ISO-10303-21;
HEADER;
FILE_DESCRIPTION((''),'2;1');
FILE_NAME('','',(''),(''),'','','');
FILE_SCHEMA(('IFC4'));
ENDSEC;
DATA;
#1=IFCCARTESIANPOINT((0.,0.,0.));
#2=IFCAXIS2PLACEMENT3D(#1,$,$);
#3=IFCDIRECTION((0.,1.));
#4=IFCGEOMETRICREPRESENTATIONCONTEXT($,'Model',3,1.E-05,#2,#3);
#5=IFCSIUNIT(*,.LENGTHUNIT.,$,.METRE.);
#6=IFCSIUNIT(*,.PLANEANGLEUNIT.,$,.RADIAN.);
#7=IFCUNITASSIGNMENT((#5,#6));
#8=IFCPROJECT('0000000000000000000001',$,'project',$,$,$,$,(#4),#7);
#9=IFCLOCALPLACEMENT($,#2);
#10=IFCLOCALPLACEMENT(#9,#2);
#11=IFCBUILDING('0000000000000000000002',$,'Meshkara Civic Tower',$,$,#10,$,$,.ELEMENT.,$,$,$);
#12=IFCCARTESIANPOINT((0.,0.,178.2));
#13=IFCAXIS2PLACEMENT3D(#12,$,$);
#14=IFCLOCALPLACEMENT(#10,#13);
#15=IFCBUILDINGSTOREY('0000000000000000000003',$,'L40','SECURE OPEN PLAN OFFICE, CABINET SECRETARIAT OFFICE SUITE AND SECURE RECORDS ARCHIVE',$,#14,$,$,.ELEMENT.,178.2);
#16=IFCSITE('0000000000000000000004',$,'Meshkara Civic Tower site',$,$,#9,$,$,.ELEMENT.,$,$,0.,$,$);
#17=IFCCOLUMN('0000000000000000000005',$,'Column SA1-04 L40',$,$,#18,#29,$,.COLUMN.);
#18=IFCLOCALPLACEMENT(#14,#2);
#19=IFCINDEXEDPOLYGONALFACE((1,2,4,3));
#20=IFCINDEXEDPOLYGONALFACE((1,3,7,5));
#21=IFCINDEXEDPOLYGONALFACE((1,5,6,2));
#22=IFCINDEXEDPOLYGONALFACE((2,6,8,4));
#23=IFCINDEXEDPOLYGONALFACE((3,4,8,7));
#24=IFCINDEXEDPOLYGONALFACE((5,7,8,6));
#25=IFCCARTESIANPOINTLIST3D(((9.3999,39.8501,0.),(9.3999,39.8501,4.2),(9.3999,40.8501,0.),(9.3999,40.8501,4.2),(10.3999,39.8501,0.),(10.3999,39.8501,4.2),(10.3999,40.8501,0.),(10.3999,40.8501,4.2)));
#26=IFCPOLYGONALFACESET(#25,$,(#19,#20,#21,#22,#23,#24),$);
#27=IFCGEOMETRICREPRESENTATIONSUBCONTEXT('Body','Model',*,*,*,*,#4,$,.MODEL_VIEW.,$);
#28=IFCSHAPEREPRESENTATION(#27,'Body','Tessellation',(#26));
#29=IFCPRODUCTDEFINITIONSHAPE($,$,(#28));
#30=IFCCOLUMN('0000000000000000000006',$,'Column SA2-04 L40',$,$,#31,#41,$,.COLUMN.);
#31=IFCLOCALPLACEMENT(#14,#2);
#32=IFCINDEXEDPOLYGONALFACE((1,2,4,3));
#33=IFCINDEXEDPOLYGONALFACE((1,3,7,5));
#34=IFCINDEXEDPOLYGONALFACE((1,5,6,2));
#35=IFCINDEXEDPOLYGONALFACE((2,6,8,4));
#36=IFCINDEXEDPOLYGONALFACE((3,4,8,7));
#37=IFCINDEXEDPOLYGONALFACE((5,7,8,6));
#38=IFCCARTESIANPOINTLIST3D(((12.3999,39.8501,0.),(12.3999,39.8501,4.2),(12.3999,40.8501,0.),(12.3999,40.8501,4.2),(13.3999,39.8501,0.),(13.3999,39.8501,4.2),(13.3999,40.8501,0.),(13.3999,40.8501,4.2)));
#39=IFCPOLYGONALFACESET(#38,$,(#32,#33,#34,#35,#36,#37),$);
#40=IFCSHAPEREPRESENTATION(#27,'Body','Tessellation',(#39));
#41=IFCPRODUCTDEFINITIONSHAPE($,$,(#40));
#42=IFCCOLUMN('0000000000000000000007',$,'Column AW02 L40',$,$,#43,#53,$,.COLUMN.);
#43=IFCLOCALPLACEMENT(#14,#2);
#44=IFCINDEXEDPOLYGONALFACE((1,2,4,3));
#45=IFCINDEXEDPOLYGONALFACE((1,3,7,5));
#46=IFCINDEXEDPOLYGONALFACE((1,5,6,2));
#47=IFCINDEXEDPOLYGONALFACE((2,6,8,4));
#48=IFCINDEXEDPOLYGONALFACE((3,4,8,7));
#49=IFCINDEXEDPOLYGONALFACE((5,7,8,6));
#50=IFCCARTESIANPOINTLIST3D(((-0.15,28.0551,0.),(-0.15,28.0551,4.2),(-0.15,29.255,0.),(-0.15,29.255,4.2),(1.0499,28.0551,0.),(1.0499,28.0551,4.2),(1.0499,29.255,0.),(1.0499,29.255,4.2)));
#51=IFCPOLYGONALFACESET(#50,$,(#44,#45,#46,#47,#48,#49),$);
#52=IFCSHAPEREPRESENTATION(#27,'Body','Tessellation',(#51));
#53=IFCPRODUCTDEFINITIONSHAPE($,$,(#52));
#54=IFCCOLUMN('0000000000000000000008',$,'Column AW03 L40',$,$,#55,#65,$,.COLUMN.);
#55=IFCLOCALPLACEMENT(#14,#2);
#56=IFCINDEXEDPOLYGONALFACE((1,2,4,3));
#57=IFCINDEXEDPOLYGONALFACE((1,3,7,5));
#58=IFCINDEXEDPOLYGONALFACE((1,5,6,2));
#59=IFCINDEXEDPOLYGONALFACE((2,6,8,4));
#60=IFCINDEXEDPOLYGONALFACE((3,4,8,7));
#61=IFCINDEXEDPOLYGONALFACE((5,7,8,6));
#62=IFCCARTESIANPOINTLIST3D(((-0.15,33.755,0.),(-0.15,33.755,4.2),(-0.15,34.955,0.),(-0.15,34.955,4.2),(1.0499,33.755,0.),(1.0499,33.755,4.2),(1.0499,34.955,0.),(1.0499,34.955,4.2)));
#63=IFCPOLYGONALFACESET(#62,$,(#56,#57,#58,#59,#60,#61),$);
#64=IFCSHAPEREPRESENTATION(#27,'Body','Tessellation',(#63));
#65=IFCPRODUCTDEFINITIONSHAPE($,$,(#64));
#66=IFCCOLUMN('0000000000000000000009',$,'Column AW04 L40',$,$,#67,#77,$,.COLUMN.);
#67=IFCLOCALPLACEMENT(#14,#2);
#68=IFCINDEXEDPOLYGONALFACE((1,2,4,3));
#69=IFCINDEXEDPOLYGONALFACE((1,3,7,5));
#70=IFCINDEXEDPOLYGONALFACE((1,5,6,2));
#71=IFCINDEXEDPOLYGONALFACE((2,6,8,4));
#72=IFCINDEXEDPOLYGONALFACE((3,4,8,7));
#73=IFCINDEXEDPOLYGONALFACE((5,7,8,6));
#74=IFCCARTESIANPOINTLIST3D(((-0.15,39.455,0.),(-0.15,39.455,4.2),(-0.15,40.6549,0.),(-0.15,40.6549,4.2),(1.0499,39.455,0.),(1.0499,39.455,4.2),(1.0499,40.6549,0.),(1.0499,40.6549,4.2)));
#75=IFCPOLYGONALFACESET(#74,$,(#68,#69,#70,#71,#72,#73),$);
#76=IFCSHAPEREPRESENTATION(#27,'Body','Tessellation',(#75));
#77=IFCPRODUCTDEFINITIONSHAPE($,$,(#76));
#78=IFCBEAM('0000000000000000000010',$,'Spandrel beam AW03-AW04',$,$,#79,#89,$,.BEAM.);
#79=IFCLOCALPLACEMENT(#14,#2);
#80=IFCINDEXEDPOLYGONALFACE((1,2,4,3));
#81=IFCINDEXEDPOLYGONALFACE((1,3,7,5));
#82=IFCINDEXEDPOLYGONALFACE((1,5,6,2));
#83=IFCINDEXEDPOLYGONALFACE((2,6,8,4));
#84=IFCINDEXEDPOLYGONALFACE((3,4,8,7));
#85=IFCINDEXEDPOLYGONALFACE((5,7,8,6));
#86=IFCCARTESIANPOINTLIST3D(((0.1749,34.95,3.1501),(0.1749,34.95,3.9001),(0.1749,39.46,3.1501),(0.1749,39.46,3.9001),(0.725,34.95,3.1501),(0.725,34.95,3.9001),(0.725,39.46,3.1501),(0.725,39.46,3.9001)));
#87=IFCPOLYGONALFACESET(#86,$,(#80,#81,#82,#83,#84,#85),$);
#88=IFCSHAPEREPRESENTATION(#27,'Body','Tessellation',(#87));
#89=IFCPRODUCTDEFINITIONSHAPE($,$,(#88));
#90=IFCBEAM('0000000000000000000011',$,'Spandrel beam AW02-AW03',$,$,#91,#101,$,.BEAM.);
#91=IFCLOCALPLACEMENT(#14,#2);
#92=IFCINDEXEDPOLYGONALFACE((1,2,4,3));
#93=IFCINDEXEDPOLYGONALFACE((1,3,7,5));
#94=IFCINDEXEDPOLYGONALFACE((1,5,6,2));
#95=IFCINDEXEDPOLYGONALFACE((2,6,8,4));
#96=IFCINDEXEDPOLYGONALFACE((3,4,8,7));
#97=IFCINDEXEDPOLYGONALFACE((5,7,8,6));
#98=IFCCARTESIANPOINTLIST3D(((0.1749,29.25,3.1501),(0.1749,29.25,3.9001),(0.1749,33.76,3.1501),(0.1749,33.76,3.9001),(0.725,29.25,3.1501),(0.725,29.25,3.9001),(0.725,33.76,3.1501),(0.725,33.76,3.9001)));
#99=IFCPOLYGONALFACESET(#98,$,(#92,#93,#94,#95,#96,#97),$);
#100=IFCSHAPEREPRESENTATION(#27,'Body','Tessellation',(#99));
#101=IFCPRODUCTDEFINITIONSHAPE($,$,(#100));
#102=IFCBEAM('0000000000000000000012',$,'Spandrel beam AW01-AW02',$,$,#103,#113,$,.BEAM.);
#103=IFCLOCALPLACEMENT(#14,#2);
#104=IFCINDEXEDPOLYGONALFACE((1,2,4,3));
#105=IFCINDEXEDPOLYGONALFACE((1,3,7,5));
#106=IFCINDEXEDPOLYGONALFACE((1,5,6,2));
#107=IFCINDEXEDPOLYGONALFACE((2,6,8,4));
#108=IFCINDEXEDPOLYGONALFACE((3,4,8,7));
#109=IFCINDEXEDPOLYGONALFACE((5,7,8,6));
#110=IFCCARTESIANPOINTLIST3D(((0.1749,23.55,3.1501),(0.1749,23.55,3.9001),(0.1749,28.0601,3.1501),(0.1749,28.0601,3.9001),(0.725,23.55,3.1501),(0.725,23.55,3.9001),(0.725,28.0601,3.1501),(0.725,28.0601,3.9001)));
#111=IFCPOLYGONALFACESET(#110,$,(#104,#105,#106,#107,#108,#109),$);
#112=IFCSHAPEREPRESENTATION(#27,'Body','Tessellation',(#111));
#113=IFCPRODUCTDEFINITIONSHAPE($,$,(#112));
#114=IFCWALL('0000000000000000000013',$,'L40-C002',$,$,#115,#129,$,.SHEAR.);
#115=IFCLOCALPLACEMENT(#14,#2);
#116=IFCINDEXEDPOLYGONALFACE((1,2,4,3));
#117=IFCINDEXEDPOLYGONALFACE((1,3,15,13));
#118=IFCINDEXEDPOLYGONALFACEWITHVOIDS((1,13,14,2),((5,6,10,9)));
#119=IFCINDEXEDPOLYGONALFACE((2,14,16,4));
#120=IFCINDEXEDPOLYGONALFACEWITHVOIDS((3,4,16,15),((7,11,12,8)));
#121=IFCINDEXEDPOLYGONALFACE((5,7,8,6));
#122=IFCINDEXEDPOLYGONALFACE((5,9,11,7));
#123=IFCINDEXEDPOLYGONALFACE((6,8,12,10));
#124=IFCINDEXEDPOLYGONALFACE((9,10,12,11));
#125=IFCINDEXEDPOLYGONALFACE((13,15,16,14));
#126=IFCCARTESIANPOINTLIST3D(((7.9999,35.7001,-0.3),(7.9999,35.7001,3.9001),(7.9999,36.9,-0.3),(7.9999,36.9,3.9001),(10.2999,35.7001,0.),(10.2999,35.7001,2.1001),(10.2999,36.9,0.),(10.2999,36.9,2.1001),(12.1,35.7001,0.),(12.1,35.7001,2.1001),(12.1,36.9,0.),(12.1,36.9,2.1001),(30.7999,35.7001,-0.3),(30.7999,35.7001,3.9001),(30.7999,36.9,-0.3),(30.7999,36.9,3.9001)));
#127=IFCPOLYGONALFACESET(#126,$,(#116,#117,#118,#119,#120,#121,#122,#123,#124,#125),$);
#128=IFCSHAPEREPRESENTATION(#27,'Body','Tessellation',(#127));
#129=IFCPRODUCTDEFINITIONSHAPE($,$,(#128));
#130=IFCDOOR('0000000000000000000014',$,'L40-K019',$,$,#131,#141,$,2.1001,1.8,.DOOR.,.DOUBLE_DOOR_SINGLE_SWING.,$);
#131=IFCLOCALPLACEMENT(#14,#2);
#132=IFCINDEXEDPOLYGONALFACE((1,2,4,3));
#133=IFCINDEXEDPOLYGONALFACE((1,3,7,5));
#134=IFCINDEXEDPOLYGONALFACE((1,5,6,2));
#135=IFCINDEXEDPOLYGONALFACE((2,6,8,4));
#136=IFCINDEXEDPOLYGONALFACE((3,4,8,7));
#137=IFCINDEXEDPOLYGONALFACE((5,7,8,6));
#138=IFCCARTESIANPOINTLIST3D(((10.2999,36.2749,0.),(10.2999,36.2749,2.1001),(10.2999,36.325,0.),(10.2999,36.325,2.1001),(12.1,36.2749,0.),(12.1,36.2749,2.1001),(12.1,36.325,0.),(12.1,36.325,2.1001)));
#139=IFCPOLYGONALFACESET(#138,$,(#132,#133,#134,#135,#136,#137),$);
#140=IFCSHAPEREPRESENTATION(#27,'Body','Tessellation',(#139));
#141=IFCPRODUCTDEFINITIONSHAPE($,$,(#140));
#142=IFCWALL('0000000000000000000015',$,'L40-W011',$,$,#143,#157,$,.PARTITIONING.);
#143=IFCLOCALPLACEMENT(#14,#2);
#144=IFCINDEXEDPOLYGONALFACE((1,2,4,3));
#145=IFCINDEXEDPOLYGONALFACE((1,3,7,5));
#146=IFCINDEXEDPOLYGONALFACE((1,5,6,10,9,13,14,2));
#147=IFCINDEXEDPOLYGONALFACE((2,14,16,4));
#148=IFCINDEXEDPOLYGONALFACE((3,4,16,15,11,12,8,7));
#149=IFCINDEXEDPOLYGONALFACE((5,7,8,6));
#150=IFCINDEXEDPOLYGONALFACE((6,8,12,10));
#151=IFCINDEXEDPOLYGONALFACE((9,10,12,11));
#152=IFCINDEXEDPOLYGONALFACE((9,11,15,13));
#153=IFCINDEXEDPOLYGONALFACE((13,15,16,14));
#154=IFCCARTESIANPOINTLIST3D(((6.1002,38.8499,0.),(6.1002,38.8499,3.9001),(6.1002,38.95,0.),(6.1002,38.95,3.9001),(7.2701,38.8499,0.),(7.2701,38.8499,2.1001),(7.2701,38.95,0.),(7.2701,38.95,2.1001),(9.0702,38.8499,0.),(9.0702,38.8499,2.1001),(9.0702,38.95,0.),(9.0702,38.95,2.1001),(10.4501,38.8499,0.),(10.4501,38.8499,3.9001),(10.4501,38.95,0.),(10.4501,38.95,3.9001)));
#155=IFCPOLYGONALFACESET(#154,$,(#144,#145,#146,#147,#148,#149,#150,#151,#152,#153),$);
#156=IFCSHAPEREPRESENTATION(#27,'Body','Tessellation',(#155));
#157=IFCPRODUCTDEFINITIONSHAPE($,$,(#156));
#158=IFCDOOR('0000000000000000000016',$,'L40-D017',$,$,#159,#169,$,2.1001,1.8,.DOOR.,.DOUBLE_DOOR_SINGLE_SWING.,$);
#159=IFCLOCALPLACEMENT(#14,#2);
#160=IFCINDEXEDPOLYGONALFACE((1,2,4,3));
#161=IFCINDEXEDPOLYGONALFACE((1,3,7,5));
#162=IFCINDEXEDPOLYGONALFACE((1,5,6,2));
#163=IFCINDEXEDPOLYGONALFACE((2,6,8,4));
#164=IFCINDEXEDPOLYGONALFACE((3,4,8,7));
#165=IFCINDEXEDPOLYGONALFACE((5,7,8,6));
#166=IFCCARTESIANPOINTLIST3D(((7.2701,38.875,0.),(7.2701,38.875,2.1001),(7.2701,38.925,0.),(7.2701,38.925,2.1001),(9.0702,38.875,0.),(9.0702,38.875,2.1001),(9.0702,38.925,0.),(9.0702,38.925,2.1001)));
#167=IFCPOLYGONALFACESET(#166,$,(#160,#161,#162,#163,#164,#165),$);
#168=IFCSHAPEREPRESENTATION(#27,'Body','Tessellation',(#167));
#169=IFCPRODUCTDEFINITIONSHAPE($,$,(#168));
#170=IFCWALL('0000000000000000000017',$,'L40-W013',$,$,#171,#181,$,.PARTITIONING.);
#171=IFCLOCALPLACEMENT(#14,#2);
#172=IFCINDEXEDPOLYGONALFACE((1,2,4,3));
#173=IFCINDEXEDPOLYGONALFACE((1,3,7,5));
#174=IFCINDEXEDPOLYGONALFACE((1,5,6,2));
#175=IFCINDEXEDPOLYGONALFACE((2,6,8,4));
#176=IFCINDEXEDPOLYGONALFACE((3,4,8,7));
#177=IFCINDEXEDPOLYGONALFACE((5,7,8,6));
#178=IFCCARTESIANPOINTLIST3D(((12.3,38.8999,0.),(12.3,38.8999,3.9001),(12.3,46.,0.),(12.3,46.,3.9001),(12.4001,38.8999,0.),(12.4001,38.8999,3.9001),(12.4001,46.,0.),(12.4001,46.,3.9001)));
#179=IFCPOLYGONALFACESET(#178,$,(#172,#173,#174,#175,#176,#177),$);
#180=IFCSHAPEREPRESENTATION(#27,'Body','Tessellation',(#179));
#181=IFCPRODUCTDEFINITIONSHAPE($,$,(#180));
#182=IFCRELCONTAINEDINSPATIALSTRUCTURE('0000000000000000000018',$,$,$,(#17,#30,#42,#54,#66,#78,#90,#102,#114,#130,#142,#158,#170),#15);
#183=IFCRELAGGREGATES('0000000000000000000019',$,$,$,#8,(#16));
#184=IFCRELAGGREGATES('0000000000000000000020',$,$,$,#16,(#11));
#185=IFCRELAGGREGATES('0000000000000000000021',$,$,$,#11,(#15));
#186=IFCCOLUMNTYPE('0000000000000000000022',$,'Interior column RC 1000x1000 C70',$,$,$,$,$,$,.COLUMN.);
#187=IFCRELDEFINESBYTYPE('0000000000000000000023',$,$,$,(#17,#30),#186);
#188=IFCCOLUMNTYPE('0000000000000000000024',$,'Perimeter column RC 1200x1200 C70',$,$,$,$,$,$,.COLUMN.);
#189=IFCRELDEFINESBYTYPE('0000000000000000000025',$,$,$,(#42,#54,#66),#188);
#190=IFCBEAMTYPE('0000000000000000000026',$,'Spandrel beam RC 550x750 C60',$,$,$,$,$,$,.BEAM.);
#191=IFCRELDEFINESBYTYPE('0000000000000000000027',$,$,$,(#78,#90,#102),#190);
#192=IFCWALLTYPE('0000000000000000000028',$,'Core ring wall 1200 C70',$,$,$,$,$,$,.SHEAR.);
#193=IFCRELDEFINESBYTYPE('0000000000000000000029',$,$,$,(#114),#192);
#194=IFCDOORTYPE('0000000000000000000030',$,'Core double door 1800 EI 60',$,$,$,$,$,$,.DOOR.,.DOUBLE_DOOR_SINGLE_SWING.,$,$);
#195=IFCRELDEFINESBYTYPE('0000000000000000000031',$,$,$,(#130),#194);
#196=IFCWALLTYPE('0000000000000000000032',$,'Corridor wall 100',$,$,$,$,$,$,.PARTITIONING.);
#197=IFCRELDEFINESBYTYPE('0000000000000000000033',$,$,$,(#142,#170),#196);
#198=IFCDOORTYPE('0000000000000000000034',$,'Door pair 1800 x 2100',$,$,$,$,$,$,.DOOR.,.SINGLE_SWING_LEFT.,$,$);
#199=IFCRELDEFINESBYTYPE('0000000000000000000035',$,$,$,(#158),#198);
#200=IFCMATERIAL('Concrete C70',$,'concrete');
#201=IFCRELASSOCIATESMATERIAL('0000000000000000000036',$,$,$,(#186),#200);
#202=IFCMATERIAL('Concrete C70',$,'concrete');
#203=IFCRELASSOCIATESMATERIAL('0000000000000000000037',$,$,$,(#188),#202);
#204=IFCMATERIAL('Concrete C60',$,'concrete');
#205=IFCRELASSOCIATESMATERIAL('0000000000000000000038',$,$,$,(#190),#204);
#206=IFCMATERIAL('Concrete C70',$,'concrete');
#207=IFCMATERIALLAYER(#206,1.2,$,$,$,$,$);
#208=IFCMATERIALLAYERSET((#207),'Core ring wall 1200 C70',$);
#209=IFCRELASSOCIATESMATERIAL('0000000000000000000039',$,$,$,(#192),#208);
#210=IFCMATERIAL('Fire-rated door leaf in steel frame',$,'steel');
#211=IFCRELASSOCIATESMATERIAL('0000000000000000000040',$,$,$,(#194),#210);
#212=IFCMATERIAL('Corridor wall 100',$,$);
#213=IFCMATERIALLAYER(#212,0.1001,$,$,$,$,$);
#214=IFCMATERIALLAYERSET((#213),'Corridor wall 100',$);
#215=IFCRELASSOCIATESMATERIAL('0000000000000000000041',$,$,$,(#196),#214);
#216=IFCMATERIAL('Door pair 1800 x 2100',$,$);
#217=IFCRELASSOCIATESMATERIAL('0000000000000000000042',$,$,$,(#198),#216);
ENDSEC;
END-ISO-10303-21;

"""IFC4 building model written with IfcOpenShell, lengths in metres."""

from ifc_helpers import new_model, si_unit, direction, frame, frame_2d, origin, origin_2d, place, context, subcontext, project, spatial, rectangle, extrude, material, layer, layer_set, material_profile, profile_set, type_object, element, fill, save


model = new_model("IFC4")

# Units and contexts
model_context = context("Model", 3, precision=1e-05, world=origin(), true_north=direction((0.0, 1.0)))
body_context = subcontext(model_context, "Body", "Model", "MODEL_VIEW")
ifc_project = project(units=[si_unit("LENGTHUNIT", "METRE"), si_unit("PLANEANGLEUNIT", "RADIAN")], contexts=[model_context])

# Site, building, storey
site_placement = place(None, origin())
site = spatial("IfcSite", under=ifc_project, at=site_placement, Name="Meshkara Civic Tower site", CompositionType="ELEMENT", RefElevation=0.0)
building_placement = place(site_placement, origin())
building = spatial("IfcBuilding", under=site, at=building_placement, Name="Meshkara Civic Tower", CompositionType="ELEMENT")
storey_placement = place(building_placement, frame((0.0, 0.0, 178.2)))
storey = spatial("IfcBuildingStorey", under=building, at=storey_placement, Name="L40", Description="SECURE OPEN PLAN OFFICE, CABINET SECRETARIAT OFFICE SUITE AND SECURE RECORDS ARCHIVE", CompositionType="ELEMENT", Elevation=178.2)

# Columns
ifc_material_1 = material(Name="Concrete C70", Category="concrete")
ifc_material_profile_1 = material_profile(ifc_material_1, rectangle(XDim=1.0, YDim=1.0, at=origin_2d()))
ifc_profile_set_1 = profile_set([ifc_material_profile_1], Name="Concrete C70")
column_type_1 = type_object("IfcColumnType", Name="Interior column RC 1000x1000 C70", PredefinedType="COLUMN", material=ifc_profile_set_1)
for number, where, z_axis, x_axis, name in (
    (1, (9.8999, 40.3501, 0.0), (0.0, 0.0, 1.0), (1.0, 0.0, 0.0), "Column SA1-04 L40"),
    (2, (12.8999, 40.3501, 0.0), (0.0, 0.0, 1.0), (1.0, 0.0, 0.0), "Column SA2-04 L40"),
):
    element("IfcColumn", number, at=place(storey_placement, frame(where, z_axis=z_axis, x_axis=x_axis)), inside=storey, type_object=column_type_1, Name=name, PredefinedType="COLUMN", context=body_context, shape_type="SweptSolid", body=[
        extrude(rectangle(XDim=1.0, YDim=1.0, at=origin_2d()), origin(), (0.0, 0.0, 1.0), 4.2),
    ])
ifc_material_2 = material(Name="Concrete C70", Category="concrete")
ifc_material_profile_2 = material_profile(ifc_material_2, rectangle(XDim=1.2, YDim=1.2, at=origin_2d()))
ifc_profile_set_2 = profile_set([ifc_material_profile_2], Name="Concrete C70")
column_type_2 = type_object("IfcColumnType", Name="Perimeter column RC 1200x1200 C70", PredefinedType="COLUMN", material=ifc_profile_set_2)
for number, where, z_axis, x_axis, name in (
    (3, (0.45, 28.655, 0.0), (0.0, 0.0, 1.0), (1.0, 0.0, 0.0), "Column AW02 L40"),
    (4, (0.45, 34.355, 0.0), (0.0, 0.0, 1.0), (1.0, 0.0, 0.0), "Column AW03 L40"),
    (5, (0.45, 40.0549, 0.0), (0.0, 0.0, 1.0), (1.0, 0.0, 0.0), "Column AW04 L40"),
):
    element("IfcColumn", number, at=place(storey_placement, frame(where, z_axis=z_axis, x_axis=x_axis)), inside=storey, type_object=column_type_2, Name=name, PredefinedType="COLUMN", context=body_context, shape_type="SweptSolid", body=[
        extrude(rectangle(XDim=1.2, YDim=1.2, at=origin_2d()), origin(), (0.0, 0.0, 1.0), 4.2),
    ])

# Beams
ifc_material_3 = material(Name="Concrete C60", Category="concrete")
ifc_material_profile_3 = material_profile(ifc_material_3, rectangle(XDim=0.55, YDim=0.75, at=origin_2d()))
ifc_profile_set_3 = profile_set([ifc_material_profile_3], Name="Concrete C60")
beam_type = type_object("IfcBeamType", Name="Spandrel beam RC 550x750 C60", PredefinedType="BEAM", material=ifc_profile_set_3)
for number, where, z_axis, x_axis, name in (
    (6, (0.45, 39.46, 3.5251), (0.0, -1.0, 0.0), (1.0, 0.0, 0.0), "Spandrel beam AW03-AW04"),
    (7, (0.45, 33.76, 3.5251), (0.0, -1.0, 0.0), (1.0, 0.0, 0.0), "Spandrel beam AW02-AW03"),
    (8, (0.45, 28.0601, 3.5251), (0.0, -1.0, 0.0), (1.0, 0.0, 0.0), "Spandrel beam AW01-AW02"),
):
    element("IfcBeam", number, at=place(storey_placement, frame(where, z_axis=z_axis, x_axis=x_axis)), inside=storey, type_object=beam_type, Name=name, PredefinedType="BEAM", context=body_context, shape_type="SweptSolid", body=[
        extrude(rectangle(XDim=0.55, YDim=0.75, at=origin_2d()), origin(), (0.0, 0.0, 1.0), 4.51),
    ])

# Walls, openings, doors
ifc_material_4 = material(Name="Concrete C70", Category="concrete")
ifc_layer_1 = layer(ifc_material_4, 1.2)
ifc_layer_set_1 = layer_set([ifc_layer_1], Name="Core ring wall 1200 C70")
wall_type_1 = type_object("IfcWallType", Name="Core ring wall 1200 C70", PredefinedType="SHEAR", material=ifc_layer_set_1)
wall_1_placement = place(storey_placement, frame((8.0, 36.3, -0.3), z_axis=(0.0, 0.0, 1.0), x_axis=(1.0, 0.0, 0.0)))
wall_1 = element("IfcWall", 9, at=wall_1_placement, inside=storey, type_object=wall_type_1, Name="L40-C002", PredefinedType="SHEAR", context=body_context, shape_type="SweptSolid", body=[
    extrude(rectangle(XDim=22.8, YDim=1.2, at=frame_2d((11.3999, 0.0))), origin(), (0.0, 0.0, 1.0), 4.2002),
])
opening_1_placement = place(wall_1_placement, frame((2.3, 0.0, 0.3)))
opening_1 = element("IfcOpeningElement", 10, at=opening_1_placement, cuts=wall_1, PredefinedType="OPENING", context=body_context, shape_type="SweptSolid", body=[
    extrude(rectangle(XDim=1.8, YDim=2.1001, at=frame_2d((0.8999, 1.05))), frame((0.0, 0.6099, 0.0), z_axis=(0.0, -1.0, 0.0), x_axis=(1.0, 0.0, 0.0)), (0.0, 0.0, 1.0), 1.22),
])
ifc_material_5 = material(Name="Fire-rated door leaf in steel frame", Category="steel")
door_type_1 = type_object("IfcDoorType", Name="Core double door 1800 EI 60", OperationType="DOUBLE_DOOR_SINGLE_SWING", PredefinedType="DOOR", material=ifc_material_5)
door_1_placement = place(opening_1_placement, origin())
door_1 = element("IfcDoor", 11, at=door_1_placement, inside=storey, type_object=door_type_1, Name="L40-K019", OperationType="DOUBLE_DOOR_SINGLE_SWING", OverallHeight=2.1001, OverallWidth=1.8, PredefinedType="DOOR", context=body_context, shape_type="SweptSolid", body=[
    extrude(rectangle(XDim=1.8, YDim=2.1001, at=frame_2d((0.8999, 1.05))), frame((0.0, 0.0249, 0.0), z_axis=(0.0, -1.0, 0.0), x_axis=(1.0, 0.0, 0.0)), (0.0, 0.0, 1.0), 0.05),
])
fill(opening_1, door_1)
ifc_material_6 = material(Name="Corridor wall 100")
ifc_layer_2 = layer(ifc_material_6, 0.1001)
ifc_layer_set_2 = layer_set([ifc_layer_2], Name="Corridor wall 100")
wall_type_2 = type_object("IfcWallType", Name="Corridor wall 100", PredefinedType="PARTITIONING", material=ifc_layer_set_2)
wall_2_placement = place(storey_placement, frame((10.45, 38.8999, 0.0), z_axis=(0.0, 0.0, 1.0), x_axis=(-1.0, 0.0, 0.0)))
wall_2 = element("IfcWall", 12, at=wall_2_placement, inside=storey, type_object=wall_type_2, Name="L40-W011", PredefinedType="PARTITIONING", context=body_context, shape_type="SweptSolid", body=[
    extrude(rectangle(XDim=4.3499, YDim=0.1001, at=frame_2d((2.1748, 0.0))), origin(), (0.0, 0.0, 1.0), 3.9001),
])
opening_2_placement = place(wall_2_placement, frame((1.3799, 0.0, 0.0)))
opening_2 = element("IfcOpeningElement", 13, at=opening_2_placement, cuts=wall_2, PredefinedType="OPENING", context=body_context, shape_type="SweptSolid", body=[
    extrude(rectangle(XDim=1.8, YDim=2.1001, at=frame_2d((0.8999, 1.05))), frame((0.0, 0.0601, 0.0), z_axis=(0.0, -1.0, 0.0), x_axis=(1.0, 0.0, 0.0)), (0.0, 0.0, 1.0), 0.1201),
])
ifc_material_7 = material(Name="Door pair 1800 x 2100")
door_type_2 = type_object("IfcDoorType", Name="Door pair 1800 x 2100", OperationType="SINGLE_SWING_LEFT", PredefinedType="DOOR", material=ifc_material_7)
door_2_placement = place(opening_2_placement, origin())
door_2 = element("IfcDoor", 14, at=door_2_placement, inside=storey, type_object=door_type_2, Name="L40-D017", OperationType="DOUBLE_DOOR_SINGLE_SWING", OverallHeight=2.1001, OverallWidth=1.8, PredefinedType="DOOR", context=body_context, shape_type="SweptSolid", body=[
    extrude(rectangle(XDim=1.8, YDim=2.1001, at=frame_2d((0.8999, 1.05))), frame((0.0, 0.0249, 0.0), z_axis=(0.0, -1.0, 0.0), x_axis=(1.0, 0.0, 0.0)), (0.0, 0.0, 1.0), 0.05),
])
fill(opening_2, door_2)

# Wall
wall_3_placement = place(storey_placement, frame((12.3501, 38.8999, 0.0), z_axis=(0.0, 0.0, 1.0), x_axis=(0.0, 1.0, 0.0)))
element("IfcWall", 15, at=wall_3_placement, inside=storey, type_object=wall_type_2, Name="L40-W013", PredefinedType="PARTITIONING", context=body_context, shape_type="SweptSolid", body=[
    extrude(rectangle(XDim=7.1001, YDim=0.1001, at=frame_2d((3.55, 0.0))), origin(), (0.0, 0.0, 1.0), 3.9001),
])

save(model, "model.ifc")
